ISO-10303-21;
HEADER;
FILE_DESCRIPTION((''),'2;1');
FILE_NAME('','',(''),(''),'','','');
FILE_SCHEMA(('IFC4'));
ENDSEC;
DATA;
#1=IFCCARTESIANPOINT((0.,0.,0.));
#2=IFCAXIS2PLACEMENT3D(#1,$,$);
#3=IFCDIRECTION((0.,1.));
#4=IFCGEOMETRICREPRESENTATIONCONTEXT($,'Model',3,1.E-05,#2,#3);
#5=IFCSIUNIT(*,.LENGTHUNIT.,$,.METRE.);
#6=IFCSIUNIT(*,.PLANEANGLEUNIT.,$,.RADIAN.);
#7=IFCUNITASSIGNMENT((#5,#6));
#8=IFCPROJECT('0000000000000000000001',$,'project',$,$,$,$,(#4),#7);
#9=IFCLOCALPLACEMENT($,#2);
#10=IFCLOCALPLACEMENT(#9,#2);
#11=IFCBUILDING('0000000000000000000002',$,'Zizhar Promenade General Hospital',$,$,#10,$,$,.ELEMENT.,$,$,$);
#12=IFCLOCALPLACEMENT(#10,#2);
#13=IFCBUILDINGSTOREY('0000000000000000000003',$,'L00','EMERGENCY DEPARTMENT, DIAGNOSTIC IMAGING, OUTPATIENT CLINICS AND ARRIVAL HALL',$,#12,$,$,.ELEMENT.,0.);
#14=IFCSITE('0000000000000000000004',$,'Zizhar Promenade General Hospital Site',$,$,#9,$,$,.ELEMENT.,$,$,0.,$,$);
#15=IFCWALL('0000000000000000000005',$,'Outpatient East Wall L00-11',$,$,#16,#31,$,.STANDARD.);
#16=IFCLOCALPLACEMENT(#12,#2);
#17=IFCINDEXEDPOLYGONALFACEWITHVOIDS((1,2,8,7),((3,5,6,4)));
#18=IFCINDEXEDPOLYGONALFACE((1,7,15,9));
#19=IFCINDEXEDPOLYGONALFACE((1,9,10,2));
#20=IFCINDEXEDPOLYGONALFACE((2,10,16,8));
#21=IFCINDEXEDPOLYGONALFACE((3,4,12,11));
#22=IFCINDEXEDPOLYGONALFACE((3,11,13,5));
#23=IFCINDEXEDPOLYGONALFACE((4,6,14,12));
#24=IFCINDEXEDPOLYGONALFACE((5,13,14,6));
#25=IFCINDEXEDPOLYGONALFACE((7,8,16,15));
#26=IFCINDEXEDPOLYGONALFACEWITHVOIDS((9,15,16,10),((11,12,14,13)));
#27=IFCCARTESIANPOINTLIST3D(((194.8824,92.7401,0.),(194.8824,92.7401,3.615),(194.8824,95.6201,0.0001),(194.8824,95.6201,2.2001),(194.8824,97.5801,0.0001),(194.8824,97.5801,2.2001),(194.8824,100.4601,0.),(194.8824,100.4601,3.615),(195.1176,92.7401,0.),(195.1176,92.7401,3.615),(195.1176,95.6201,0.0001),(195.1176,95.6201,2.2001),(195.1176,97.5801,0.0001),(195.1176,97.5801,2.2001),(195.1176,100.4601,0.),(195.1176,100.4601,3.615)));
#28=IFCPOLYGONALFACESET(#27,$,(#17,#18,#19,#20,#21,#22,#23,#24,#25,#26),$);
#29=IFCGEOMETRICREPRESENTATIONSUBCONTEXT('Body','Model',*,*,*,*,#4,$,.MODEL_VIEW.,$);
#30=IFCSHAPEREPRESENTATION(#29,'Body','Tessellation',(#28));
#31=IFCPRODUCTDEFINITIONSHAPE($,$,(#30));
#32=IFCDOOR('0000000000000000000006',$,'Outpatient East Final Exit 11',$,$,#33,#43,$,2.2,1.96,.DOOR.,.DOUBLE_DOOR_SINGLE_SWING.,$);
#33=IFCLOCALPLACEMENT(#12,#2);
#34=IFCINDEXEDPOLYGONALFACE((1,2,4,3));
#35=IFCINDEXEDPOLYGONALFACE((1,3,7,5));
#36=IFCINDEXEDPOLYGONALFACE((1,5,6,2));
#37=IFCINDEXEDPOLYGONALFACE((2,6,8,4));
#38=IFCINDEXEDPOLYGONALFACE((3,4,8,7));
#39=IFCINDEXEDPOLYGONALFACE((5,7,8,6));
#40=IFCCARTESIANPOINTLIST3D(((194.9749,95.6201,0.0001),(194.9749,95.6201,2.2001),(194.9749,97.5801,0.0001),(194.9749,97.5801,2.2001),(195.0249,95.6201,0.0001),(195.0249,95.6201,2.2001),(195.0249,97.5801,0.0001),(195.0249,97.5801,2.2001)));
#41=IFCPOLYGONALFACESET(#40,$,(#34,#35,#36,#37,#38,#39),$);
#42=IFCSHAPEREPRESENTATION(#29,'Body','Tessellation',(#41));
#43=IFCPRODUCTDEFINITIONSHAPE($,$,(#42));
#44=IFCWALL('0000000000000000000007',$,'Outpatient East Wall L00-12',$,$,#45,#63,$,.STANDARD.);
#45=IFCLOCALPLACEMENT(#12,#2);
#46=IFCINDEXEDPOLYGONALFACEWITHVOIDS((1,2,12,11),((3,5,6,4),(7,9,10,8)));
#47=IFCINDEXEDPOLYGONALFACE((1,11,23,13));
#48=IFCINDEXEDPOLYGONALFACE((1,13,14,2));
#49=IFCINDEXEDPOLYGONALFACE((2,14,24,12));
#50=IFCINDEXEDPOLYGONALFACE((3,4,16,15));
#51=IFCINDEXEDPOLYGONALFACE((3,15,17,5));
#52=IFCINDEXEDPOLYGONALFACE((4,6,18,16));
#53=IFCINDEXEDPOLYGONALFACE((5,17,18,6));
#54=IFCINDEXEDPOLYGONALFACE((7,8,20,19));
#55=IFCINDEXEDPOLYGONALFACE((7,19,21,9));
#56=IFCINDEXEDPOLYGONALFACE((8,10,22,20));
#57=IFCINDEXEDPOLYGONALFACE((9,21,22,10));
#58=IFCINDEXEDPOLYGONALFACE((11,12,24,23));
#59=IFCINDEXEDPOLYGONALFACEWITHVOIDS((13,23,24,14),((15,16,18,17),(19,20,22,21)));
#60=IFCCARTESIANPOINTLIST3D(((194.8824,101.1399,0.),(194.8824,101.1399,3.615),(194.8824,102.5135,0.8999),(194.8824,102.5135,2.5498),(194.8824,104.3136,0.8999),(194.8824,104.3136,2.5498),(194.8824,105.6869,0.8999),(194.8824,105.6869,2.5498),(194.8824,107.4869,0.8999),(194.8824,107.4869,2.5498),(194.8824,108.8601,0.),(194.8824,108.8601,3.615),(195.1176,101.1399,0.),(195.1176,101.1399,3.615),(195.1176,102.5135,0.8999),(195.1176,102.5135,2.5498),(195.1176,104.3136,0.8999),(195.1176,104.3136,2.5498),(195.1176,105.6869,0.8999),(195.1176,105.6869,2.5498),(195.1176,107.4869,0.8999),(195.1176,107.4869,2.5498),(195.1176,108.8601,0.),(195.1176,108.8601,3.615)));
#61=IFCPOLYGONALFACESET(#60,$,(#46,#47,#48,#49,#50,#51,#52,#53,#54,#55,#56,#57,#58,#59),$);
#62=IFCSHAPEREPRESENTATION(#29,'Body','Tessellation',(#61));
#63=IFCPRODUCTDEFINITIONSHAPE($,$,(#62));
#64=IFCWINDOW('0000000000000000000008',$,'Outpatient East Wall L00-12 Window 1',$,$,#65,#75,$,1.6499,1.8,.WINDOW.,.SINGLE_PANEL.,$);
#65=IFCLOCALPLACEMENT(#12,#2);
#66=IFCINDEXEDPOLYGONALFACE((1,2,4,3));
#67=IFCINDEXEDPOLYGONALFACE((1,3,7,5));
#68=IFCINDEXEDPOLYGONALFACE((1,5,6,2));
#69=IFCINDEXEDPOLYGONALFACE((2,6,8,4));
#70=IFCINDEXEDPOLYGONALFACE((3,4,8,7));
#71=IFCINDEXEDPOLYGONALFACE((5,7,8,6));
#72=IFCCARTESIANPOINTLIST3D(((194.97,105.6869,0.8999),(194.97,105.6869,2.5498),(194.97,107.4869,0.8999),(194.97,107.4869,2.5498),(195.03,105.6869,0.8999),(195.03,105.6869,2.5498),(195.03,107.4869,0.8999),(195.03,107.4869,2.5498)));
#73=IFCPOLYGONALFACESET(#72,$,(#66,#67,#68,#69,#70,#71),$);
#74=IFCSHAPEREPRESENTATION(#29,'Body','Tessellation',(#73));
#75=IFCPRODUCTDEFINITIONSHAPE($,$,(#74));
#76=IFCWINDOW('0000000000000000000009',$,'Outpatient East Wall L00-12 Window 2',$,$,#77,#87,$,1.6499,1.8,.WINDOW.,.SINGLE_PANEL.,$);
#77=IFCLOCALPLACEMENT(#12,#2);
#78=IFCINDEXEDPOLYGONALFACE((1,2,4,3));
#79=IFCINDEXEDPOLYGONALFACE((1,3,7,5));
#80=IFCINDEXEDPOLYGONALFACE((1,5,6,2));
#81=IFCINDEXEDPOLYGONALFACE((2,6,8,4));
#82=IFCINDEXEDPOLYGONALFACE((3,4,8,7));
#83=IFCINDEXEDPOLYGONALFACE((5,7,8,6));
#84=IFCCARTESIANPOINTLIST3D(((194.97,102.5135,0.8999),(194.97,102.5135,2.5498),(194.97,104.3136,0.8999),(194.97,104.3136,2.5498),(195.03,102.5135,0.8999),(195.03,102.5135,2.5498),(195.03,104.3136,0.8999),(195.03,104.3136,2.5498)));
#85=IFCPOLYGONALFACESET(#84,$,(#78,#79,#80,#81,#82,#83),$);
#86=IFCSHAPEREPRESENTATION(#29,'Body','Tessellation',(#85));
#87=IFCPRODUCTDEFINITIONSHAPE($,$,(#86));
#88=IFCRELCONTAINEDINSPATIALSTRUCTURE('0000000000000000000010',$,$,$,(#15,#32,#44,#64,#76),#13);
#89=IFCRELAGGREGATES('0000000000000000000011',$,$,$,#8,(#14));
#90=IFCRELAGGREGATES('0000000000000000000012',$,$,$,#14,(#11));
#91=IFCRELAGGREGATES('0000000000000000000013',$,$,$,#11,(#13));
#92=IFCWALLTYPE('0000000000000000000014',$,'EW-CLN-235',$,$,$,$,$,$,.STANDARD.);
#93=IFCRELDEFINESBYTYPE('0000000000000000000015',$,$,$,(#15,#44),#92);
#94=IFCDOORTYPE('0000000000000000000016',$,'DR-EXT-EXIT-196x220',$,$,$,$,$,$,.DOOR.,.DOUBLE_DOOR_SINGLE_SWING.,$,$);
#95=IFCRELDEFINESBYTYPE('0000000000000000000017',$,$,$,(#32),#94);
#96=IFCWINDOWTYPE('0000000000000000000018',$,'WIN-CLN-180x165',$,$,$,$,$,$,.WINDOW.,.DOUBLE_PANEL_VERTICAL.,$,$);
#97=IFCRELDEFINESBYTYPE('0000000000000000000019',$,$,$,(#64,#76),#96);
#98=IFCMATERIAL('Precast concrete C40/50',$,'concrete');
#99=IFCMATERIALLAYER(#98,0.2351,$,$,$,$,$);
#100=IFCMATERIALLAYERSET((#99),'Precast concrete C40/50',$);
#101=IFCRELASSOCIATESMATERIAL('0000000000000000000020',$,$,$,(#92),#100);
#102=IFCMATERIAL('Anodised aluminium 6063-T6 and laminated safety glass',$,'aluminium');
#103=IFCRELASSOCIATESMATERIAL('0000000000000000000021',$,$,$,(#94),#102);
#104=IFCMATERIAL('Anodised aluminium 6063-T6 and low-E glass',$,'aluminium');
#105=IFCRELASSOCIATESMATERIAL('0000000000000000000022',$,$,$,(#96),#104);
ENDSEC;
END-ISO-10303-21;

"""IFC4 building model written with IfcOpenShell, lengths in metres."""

from ifc_helpers import new_model, si_unit, direction, frame, frame_2d, origin, place, context, subcontext, project, spatial, rectangle, extrude, material, layer, layer_set, type_object, element, fill, save


model = new_model("IFC4")

# Units and contexts
model_context = context("Model", 3, precision=1e-05, world=origin(), true_north=direction((0.0, 1.0)))
body_context = subcontext(model_context, "Body", "Model", "MODEL_VIEW")
ifc_project = project(units=[si_unit("LENGTHUNIT", "METRE"), si_unit("PLANEANGLEUNIT", "RADIAN")], contexts=[model_context])

# Site, building, storey
site_placement = place(None, origin())
site = spatial("IfcSite", under=ifc_project, at=site_placement, Name="Zizhar Promenade General Hospital Site", CompositionType="ELEMENT", RefElevation=0.0)
building_placement = place(site_placement, origin())
building = spatial("IfcBuilding", under=site, at=building_placement, Name="Zizhar Promenade General Hospital", CompositionType="ELEMENT")
storey_placement = place(building_placement, origin())
storey = spatial("IfcBuildingStorey", under=building, at=storey_placement, Name="L00", Description="EMERGENCY DEPARTMENT, DIAGNOSTIC IMAGING, OUTPATIENT CLINICS AND ARRIVAL HALL", CompositionType="ELEMENT", Elevation=0.0)

# Shared definitions
ifc_material_1 = material(Name="Precast concrete C40/50", Category="concrete")
ifc_layer_1 = layer(ifc_material_1, 0.2351)
ifc_layer_set_1 = layer_set([ifc_layer_1], Name="Precast concrete C40/50")
wall_type = type_object("IfcWallType", Name="EW-CLN-235", PredefinedType="STANDARD", material=ifc_layer_set_1)

# Wall, opening, door
wall_1_placement = place(storey_placement, frame((195.0, 100.46, 0.0), z_axis=(0.0, 0.0, 1.0), x_axis=(0.0, -1.0, 0.0)))
wall_1 = element("IfcWall", 1, at=wall_1_placement, inside=storey, type_object=wall_type, Name="Outpatient East Wall L00-11", PredefinedType="STANDARD", context=body_context, shape_type="SweptSolid", body=[
    extrude(rectangle(XDim=7.72, YDim=0.2351, at=frame_2d((3.8599, 0.0))), origin(), (0.0, 0.0, 1.0), 3.615),
])
opening_1_placement = place(wall_1_placement, frame((2.8799, 0.0, 0.0)))
opening_1 = element("IfcOpeningElement", 2, at=opening_1_placement, cuts=wall_1, PredefinedType="OPENING", context=body_context, shape_type="SweptSolid", body=[
    extrude(rectangle(XDim=1.96, YDim=2.2, at=frame_2d((0.98, 1.1001))), frame((0.0, 0.1274, 0.0), z_axis=(0.0, -1.0, 0.0), x_axis=(1.0, 0.0, 0.0)), (0.0, 0.0, 1.0), 0.2551),
])
ifc_material_2 = material(Name="Anodised aluminium 6063-T6 and laminated safety glass", Category="aluminium")
door_type = type_object("IfcDoorType", Name="DR-EXT-EXIT-196x220", OperationType="DOUBLE_DOOR_SINGLE_SWING", PredefinedType="DOOR", material=ifc_material_2)
door_placement = place(opening_1_placement, origin())
door = element("IfcDoor", 3, at=door_placement, inside=storey, type_object=door_type, Name="Outpatient East Final Exit 11", OperationType="DOUBLE_DOOR_SINGLE_SWING", OverallHeight=2.2, OverallWidth=1.96, PredefinedType="DOOR", context=body_context, shape_type="SweptSolid", body=[
    extrude(rectangle(XDim=1.96, YDim=2.2, at=frame_2d((0.98, 1.1001))), frame((0.0, 0.0249, 0.0), z_axis=(0.0, -1.0, 0.0), x_axis=(1.0, 0.0, 0.0)), (0.0, 0.0, 1.0), 0.05),
])
fill(opening_1, door)

# Wall, openings, windows
wall_2_placement = place(storey_placement, frame((195.0, 108.8601, 0.0), z_axis=(0.0, 0.0, 1.0), x_axis=(0.0, -1.0, 0.0)))
wall_2 = element("IfcWall", 4, at=wall_2_placement, inside=storey, type_object=wall_type, Name="Outpatient East Wall L00-12", PredefinedType="STANDARD", context=body_context, shape_type="SweptSolid", body=[
    extrude(rectangle(XDim=7.7202, YDim=0.2351, at=frame_2d((3.8601, 0.0))), origin(), (0.0, 0.0, 1.0), 3.615),
])
opening_2_placement = place(wall_2_placement, frame((1.3733, 0.0, 0.8999)))
opening_2 = element("IfcOpeningElement", 5, at=opening_2_placement, cuts=wall_2, PredefinedType="OPENING", context=body_context, shape_type="SweptSolid", body=[
    extrude(rectangle(XDim=1.8, YDim=1.6499, at=frame_2d((0.8999, 0.825))), frame((0.0, 0.1274, 0.0), z_axis=(0.0, -1.0, 0.0), x_axis=(1.0, 0.0, 0.0)), (0.0, 0.0, 1.0), 0.2551),
])
opening_3_placement = place(wall_2_placement, frame((4.5466, 0.0, 0.8999)))
opening_3 = element("IfcOpeningElement", 6, at=opening_3_placement, cuts=wall_2, PredefinedType="OPENING", context=body_context, shape_type="SweptSolid", body=[
    extrude(rectangle(XDim=1.8, YDim=1.6499, at=frame_2d((0.8999, 0.825))), frame((0.0, 0.1274, 0.0), z_axis=(0.0, -1.0, 0.0), x_axis=(1.0, 0.0, 0.0)), (0.0, 0.0, 1.0), 0.2551),
])
ifc_material_3 = material(Name="Anodised aluminium 6063-T6 and low-E glass", Category="aluminium")
window_type_1 = type_object("IfcWindowType", Name="WIN-CLN-180x165", PartitioningType="DOUBLE_PANEL_VERTICAL", PredefinedType="WINDOW", material=ifc_material_3)
window_1_placement = place(opening_2_placement, origin())
window_1 = element("IfcWindow", 7, at=window_1_placement, inside=storey, type_object=window_type_1, Name="Outpatient East Wall L00-12 Window 1", OverallHeight=1.6499, OverallWidth=1.8, PartitioningType="SINGLE_PANEL", PredefinedType="WINDOW", context=body_context, shape_type="SweptSolid", body=[
    extrude(rectangle(XDim=1.8, YDim=1.6499, at=frame_2d((0.8999, 0.825))), frame((0.0, 0.03, 0.0), z_axis=(0.0, -1.0, 0.0), x_axis=(1.0, 0.0, 0.0)), (0.0, 0.0, 1.0), 0.0601),
])
fill(opening_2, window_1)
window_2_placement = place(opening_3_placement, origin())
window_2 = element("IfcWindow", 8, at=window_2_placement, inside=storey, type_object=window_type_1, Name="Outpatient East Wall L00-12 Window 2", OverallHeight=1.6499, OverallWidth=1.8, PartitioningType="SINGLE_PANEL", PredefinedType="WINDOW", context=body_context, shape_type="SweptSolid", body=[
    extrude(rectangle(XDim=1.8, YDim=1.6499, at=frame_2d((0.8999, 0.825))), frame((0.0, 0.03, 0.0), z_axis=(0.0, -1.0, 0.0), x_axis=(1.0, 0.0, 0.0)), (0.0, 0.0, 1.0), 0.0601),
])
fill(opening_3, window_2)

save(model, "model.ifc")
